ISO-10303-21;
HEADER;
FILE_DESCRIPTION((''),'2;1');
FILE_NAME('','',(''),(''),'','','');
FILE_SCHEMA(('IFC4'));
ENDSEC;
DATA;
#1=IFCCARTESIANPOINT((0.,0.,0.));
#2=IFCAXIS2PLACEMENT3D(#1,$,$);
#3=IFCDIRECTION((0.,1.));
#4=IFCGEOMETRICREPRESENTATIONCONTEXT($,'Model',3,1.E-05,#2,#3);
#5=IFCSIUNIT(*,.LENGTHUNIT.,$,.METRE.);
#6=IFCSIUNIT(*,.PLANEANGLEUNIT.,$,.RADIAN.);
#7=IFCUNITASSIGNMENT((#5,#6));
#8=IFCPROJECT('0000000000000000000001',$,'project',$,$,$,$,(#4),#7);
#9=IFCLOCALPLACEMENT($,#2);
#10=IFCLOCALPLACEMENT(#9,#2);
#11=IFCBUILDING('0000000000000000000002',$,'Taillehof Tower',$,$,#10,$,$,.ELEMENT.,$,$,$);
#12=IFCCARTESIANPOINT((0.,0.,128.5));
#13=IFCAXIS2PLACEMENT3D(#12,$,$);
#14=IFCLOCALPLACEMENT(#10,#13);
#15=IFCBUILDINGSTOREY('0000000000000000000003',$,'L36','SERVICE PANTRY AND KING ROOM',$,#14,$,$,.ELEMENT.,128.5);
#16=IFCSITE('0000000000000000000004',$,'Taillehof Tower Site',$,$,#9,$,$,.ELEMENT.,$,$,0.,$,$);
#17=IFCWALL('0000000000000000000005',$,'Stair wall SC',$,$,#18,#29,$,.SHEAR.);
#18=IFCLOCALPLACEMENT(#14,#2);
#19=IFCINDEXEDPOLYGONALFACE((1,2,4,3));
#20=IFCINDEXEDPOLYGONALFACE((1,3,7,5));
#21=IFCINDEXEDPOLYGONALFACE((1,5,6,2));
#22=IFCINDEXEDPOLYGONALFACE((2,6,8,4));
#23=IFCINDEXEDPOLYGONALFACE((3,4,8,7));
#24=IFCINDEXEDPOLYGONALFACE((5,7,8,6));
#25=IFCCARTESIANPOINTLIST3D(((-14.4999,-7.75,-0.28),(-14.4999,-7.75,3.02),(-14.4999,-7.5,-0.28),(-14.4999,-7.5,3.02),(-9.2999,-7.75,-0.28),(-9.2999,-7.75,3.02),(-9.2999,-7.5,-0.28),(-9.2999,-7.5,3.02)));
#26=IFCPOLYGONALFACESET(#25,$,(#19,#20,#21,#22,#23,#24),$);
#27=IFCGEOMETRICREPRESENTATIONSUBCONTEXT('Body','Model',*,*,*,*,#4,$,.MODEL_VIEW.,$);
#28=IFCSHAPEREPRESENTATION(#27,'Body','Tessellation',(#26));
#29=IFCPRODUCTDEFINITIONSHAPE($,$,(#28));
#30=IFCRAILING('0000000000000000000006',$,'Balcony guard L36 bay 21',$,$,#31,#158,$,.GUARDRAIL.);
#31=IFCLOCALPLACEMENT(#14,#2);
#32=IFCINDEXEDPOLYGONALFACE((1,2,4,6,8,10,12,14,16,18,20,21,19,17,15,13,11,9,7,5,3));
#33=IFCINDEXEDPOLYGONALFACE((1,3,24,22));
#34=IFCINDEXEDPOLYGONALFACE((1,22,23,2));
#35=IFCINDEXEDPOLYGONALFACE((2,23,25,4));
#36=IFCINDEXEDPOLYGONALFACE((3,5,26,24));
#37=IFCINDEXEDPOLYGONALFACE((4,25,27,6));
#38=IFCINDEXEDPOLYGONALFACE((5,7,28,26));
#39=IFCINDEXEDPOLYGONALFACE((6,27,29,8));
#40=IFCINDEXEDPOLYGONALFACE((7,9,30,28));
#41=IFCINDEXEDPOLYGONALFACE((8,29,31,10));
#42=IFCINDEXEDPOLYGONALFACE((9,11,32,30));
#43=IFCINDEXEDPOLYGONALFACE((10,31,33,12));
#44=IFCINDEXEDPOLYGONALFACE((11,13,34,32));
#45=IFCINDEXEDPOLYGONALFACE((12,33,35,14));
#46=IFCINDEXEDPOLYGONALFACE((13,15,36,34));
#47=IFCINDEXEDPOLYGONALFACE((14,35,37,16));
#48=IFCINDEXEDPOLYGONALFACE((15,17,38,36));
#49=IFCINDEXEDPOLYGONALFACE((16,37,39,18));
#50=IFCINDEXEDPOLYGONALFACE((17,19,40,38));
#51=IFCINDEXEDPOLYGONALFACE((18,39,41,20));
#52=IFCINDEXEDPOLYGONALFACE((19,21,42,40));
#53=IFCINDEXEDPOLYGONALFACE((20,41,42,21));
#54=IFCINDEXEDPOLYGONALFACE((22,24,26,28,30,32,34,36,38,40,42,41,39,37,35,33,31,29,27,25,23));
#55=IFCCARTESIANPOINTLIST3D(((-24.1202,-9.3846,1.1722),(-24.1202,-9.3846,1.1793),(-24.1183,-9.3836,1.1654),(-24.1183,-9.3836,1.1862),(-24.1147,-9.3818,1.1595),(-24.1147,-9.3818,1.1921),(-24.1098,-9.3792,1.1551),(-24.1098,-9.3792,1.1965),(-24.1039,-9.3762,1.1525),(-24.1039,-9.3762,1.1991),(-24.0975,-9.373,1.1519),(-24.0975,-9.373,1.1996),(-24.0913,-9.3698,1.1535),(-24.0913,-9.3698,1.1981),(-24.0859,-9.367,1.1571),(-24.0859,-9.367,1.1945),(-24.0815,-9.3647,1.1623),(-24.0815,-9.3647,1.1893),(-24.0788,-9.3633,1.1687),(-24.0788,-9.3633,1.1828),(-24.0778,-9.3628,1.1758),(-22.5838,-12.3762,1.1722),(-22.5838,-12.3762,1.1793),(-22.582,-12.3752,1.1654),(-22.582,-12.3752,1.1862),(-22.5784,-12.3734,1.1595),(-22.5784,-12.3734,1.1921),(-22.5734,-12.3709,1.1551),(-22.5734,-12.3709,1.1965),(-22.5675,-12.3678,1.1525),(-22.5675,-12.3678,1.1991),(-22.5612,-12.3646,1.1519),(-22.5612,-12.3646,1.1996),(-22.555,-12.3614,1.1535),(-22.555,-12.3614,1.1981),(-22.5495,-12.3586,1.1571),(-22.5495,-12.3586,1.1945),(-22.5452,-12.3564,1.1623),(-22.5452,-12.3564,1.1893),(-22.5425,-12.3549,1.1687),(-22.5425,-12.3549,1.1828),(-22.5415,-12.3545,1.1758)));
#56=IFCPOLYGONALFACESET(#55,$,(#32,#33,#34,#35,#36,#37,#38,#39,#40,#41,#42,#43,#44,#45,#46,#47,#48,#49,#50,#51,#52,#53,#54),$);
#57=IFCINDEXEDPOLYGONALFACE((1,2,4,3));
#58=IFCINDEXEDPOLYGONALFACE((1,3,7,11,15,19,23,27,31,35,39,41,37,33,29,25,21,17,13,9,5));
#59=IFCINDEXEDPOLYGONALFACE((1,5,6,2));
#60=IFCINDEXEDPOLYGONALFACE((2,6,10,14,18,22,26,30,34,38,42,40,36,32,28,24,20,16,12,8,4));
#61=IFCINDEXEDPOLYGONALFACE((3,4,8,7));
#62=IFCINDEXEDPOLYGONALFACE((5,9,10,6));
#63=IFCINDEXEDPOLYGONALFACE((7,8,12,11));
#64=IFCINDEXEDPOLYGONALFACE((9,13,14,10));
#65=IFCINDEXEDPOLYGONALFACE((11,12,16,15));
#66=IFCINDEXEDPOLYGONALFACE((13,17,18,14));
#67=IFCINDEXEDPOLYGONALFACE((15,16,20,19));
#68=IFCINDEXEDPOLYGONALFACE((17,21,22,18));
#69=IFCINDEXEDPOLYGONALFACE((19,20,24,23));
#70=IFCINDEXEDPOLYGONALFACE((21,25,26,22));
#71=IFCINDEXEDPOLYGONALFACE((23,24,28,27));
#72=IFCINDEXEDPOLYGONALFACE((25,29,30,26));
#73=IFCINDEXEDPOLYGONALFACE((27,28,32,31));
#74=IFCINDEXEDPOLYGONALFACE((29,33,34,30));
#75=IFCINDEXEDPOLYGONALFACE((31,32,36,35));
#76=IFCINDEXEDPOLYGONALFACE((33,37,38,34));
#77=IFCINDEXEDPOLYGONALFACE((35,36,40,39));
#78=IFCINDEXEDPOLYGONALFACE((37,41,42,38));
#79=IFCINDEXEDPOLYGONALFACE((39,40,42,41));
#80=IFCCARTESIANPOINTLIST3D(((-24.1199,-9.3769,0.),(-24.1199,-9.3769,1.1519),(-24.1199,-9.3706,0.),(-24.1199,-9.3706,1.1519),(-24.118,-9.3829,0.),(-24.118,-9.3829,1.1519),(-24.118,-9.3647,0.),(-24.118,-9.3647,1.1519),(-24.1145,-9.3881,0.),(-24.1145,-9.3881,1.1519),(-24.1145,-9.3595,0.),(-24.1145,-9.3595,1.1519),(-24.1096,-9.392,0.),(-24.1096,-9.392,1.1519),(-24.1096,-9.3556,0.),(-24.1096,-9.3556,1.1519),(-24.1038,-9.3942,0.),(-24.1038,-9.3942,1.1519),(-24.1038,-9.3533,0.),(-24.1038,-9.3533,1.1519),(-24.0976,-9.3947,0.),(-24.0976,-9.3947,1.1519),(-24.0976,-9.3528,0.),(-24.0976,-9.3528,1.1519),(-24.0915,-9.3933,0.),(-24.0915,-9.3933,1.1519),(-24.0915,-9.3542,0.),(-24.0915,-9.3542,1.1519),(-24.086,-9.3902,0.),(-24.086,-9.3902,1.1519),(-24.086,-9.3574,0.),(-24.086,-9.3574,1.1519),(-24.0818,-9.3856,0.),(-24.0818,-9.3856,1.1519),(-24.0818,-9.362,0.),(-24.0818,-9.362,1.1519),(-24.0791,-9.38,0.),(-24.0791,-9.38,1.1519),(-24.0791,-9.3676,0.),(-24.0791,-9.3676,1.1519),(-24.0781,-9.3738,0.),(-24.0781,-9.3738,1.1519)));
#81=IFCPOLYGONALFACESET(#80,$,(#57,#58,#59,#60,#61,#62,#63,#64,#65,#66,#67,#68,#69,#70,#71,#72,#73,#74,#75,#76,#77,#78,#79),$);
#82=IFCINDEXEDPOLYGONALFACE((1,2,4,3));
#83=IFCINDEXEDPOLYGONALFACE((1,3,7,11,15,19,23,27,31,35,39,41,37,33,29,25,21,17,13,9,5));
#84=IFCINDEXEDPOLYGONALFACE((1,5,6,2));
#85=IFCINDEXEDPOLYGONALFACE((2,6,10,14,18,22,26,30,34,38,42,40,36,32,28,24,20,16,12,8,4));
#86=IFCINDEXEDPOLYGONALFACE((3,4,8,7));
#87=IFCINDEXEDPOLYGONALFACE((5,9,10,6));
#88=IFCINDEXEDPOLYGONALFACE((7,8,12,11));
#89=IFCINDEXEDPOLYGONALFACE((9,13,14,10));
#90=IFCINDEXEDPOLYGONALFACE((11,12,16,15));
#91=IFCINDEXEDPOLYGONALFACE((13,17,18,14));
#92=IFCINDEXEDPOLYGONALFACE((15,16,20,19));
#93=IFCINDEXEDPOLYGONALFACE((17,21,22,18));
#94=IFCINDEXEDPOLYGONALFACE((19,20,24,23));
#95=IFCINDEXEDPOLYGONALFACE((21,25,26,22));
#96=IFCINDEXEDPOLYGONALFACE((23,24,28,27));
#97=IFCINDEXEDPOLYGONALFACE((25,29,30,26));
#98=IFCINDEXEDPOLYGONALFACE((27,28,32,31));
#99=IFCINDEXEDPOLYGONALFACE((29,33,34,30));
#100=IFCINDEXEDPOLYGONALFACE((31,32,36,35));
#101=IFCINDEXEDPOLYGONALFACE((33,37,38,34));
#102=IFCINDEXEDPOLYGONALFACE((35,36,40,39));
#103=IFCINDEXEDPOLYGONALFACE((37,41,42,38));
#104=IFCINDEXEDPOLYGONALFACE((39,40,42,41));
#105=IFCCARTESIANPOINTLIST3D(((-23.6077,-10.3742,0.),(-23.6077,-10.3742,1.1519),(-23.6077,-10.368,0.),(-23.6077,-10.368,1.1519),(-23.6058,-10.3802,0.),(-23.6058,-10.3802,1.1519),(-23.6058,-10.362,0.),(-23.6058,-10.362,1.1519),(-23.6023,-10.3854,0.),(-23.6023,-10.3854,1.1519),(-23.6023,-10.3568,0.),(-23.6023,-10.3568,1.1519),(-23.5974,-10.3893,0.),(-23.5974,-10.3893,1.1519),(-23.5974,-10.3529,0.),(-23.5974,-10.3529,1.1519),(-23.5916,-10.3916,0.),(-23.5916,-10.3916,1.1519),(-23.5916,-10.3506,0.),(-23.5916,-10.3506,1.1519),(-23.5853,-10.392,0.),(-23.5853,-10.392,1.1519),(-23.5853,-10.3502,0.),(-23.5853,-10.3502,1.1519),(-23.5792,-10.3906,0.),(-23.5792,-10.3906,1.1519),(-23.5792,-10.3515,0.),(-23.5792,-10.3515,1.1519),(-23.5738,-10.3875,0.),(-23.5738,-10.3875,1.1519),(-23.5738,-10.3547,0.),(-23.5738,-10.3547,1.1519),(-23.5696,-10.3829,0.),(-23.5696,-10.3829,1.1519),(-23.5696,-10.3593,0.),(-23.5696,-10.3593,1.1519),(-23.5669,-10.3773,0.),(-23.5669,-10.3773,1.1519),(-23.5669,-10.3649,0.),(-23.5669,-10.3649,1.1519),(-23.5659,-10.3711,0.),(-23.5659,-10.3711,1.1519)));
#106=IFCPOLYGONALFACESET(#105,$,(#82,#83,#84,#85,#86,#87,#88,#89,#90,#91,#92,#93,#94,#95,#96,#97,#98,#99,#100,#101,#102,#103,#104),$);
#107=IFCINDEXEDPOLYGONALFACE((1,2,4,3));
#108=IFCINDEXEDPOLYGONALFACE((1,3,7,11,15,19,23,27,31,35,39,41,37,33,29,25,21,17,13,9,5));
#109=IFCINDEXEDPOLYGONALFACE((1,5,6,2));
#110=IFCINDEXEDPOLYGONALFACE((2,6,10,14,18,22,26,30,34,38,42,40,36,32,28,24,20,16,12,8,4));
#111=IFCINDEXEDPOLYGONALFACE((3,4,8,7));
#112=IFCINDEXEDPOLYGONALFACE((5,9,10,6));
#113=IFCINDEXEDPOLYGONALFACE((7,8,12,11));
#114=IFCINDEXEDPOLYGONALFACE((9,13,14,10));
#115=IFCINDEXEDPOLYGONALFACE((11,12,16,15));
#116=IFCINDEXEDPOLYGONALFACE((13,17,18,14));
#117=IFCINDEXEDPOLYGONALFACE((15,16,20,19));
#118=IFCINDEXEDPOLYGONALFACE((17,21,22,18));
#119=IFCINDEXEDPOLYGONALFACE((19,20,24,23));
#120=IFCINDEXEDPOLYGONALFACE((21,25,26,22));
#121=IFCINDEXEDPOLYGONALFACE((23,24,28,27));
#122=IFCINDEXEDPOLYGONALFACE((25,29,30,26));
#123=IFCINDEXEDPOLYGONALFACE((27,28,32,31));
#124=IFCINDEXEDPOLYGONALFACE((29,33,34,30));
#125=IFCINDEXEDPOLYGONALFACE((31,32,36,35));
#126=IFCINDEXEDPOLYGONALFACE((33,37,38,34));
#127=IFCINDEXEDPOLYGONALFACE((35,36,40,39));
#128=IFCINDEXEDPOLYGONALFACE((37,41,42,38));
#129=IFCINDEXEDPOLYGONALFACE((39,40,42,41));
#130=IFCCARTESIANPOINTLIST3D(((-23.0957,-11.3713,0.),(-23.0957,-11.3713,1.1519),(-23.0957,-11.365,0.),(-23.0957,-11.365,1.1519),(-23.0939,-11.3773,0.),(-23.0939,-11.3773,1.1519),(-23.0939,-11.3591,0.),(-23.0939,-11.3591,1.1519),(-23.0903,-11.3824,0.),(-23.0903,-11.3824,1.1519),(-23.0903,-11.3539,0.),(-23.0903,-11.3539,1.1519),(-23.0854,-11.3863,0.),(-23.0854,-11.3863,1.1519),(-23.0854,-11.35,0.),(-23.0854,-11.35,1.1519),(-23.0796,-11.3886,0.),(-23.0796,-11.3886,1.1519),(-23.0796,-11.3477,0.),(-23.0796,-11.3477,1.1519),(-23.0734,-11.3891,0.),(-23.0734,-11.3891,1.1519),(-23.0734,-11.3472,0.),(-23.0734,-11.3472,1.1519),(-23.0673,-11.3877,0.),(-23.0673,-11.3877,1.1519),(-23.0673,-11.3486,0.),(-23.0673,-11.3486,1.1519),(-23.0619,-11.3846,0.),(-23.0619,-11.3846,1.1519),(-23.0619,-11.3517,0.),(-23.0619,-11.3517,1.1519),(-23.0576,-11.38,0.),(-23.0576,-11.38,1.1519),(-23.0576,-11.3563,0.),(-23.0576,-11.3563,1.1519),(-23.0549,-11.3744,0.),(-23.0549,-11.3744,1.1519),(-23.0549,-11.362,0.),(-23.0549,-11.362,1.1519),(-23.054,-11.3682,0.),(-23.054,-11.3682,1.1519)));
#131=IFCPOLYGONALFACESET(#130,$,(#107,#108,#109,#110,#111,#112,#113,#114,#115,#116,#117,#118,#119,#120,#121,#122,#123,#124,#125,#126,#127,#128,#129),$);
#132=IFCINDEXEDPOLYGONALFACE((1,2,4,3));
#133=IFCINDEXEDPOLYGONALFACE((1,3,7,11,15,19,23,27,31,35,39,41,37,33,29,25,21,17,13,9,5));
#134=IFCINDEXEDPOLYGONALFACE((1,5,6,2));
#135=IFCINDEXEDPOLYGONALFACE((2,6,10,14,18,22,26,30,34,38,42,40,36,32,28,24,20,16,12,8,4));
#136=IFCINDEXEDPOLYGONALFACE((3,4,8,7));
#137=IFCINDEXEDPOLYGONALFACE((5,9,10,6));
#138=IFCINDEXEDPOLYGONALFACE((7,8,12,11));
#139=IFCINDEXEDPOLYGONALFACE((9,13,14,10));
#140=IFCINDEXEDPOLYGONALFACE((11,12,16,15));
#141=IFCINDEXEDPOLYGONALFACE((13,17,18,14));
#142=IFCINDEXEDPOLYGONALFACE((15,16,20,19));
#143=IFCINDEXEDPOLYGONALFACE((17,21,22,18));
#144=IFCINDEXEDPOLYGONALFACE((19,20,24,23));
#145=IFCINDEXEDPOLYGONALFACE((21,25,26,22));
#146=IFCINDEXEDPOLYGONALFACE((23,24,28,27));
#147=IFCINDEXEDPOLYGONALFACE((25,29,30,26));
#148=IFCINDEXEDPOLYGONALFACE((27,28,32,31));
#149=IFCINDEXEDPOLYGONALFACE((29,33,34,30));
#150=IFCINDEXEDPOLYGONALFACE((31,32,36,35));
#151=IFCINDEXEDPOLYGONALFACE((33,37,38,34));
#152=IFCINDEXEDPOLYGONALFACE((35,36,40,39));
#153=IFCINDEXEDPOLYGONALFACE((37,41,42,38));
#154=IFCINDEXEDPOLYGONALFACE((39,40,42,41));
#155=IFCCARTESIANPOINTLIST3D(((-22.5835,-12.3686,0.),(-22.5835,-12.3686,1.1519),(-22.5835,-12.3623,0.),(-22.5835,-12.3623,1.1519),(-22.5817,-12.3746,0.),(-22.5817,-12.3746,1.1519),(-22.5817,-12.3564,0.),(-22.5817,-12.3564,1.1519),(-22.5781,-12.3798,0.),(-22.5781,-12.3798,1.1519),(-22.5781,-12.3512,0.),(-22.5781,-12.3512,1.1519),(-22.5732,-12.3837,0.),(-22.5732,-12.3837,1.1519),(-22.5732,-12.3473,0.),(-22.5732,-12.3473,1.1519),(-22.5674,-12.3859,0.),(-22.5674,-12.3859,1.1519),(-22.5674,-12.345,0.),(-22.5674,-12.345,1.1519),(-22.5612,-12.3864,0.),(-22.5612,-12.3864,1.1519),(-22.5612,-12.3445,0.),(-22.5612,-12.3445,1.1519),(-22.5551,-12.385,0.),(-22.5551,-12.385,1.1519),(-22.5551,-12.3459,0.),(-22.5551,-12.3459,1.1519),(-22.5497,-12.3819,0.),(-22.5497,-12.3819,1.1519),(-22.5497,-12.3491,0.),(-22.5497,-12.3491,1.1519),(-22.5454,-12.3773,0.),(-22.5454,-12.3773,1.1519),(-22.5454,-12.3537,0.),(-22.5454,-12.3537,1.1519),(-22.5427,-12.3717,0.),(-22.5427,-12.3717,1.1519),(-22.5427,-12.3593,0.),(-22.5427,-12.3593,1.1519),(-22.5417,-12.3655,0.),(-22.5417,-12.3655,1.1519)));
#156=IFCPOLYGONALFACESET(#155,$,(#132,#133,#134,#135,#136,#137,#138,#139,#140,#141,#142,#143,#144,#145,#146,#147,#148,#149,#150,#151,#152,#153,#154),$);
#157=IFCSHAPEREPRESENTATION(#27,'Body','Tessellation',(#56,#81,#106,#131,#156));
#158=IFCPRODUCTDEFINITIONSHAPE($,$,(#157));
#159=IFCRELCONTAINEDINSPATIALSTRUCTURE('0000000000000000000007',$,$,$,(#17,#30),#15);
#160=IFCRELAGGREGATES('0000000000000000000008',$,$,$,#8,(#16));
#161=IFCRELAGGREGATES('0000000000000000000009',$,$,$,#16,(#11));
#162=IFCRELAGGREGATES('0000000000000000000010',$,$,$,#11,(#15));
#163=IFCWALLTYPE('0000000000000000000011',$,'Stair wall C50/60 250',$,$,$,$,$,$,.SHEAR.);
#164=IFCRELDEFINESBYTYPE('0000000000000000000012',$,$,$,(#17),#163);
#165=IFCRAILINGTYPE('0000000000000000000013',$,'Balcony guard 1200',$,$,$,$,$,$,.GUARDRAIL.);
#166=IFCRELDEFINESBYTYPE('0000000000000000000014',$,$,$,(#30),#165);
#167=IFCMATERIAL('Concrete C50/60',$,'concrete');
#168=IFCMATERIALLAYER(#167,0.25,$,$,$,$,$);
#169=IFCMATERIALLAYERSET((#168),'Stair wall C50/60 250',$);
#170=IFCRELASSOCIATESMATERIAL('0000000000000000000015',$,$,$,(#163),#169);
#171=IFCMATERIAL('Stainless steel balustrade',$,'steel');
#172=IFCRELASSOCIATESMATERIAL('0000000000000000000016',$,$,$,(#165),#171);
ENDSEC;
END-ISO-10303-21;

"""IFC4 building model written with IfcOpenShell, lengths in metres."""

from ifc_helpers import new_model, si_unit, direction, frame, frame_2d, origin, origin_2d, place, context, subcontext, project, spatial, rectangle, circle, extrude, material, layer, layer_set, type_object, element, save


model = new_model("IFC4")

# Units and contexts
model_context = context("Model", 3, precision=1e-05, world=origin(), true_north=direction((0.0, 1.0)))
body_context = subcontext(model_context, "Body", "Model", "MODEL_VIEW")
ifc_project = project(units=[si_unit("LENGTHUNIT", "METRE"), si_unit("PLANEANGLEUNIT", "RADIAN")], contexts=[model_context])

# Site, building, storey
site_placement = place(None, origin())
site = spatial("IfcSite", under=ifc_project, at=site_placement, Name="Taillehof Tower Site", CompositionType="ELEMENT", RefElevation=0.0)
building_placement = place(site_placement, origin())
building = spatial("IfcBuilding", under=site, at=building_placement, Name="Taillehof Tower", CompositionType="ELEMENT")
storey_placement = place(building_placement, frame((0.0, 0.0, 128.5)))
storey = spatial("IfcBuildingStorey", under=building, at=storey_placement, Name="L36", Description="SERVICE PANTRY AND KING ROOM", CompositionType="ELEMENT", Elevation=128.5)

# Wall
ifc_material_1 = material(Name="Concrete C50/60", Category="concrete")
ifc_layer_1 = layer(ifc_material_1, 0.25)
ifc_layer_set_1 = layer_set([ifc_layer_1], Name="Stair wall C50/60 250")
wall_type_1 = type_object("IfcWallType", Name="Stair wall C50/60 250", PredefinedType="SHEAR", material=ifc_layer_set_1)
wall_1_placement = place(storey_placement, frame((-14.5, -7.625, -0.28), z_axis=(0.0, 0.0, 1.0), x_axis=(1.0, 0.0, 0.0)))
element("IfcWall", 1, at=wall_1_placement, inside=storey, type_object=wall_type_1, Name="Stair wall SC", PredefinedType="SHEAR", context=body_context, shape_type="SweptSolid", body=[
    extrude(rectangle(XDim=5.2, YDim=0.25, at=frame_2d((2.6001, 0.0))), origin(), (0.0, 0.0, 1.0), 3.3),
])

# Railing
ifc_material_2 = material(Name="Stainless steel balustrade", Category="steel")
railing_type = type_object("IfcRailingType", Name="Balcony guard 1200", PredefinedType="GUARDRAIL", material=ifc_material_2)
railing_placement = place(storey_placement, frame((-24.0991, -9.3738, 0.0)))
element("IfcRailing", 2, at=railing_placement, inside=storey, type_object=railing_type, Name="Balcony guard L36 bay 21", PredefinedType="GUARDRAIL", context=body_context, shape_type="SweptSolid", body=[
    extrude(circle(Radius=0.0239, at=origin_2d()), frame((0.0, 0.0, 1.1758), z_axis=(0.456828, -0.889555, 0.0), x_axis=(0.889555, 0.456828, 0.0)), (0.0, 0.0, 1.0), 3.363),
    extrude(circle(Radius=0.021, at=origin_2d()), origin(), (0.0, 0.0, 1.0), 1.1519),
    extrude(circle(Radius=0.021, at=origin_2d()), frame((0.5122, -0.9973, 0.0)), (0.0, 0.0, 1.0), 1.1519),
    extrude(circle(Radius=0.021, at=origin_2d()), frame((1.0242, -1.9944, 0.0)), (0.0, 0.0, 1.0), 1.1519),
    extrude(circle(Radius=0.021, at=origin_2d()), frame((1.5364, -2.9917, 0.0)), (0.0, 0.0, 1.0), 1.1519),
])

save(model, "model.ifc")
